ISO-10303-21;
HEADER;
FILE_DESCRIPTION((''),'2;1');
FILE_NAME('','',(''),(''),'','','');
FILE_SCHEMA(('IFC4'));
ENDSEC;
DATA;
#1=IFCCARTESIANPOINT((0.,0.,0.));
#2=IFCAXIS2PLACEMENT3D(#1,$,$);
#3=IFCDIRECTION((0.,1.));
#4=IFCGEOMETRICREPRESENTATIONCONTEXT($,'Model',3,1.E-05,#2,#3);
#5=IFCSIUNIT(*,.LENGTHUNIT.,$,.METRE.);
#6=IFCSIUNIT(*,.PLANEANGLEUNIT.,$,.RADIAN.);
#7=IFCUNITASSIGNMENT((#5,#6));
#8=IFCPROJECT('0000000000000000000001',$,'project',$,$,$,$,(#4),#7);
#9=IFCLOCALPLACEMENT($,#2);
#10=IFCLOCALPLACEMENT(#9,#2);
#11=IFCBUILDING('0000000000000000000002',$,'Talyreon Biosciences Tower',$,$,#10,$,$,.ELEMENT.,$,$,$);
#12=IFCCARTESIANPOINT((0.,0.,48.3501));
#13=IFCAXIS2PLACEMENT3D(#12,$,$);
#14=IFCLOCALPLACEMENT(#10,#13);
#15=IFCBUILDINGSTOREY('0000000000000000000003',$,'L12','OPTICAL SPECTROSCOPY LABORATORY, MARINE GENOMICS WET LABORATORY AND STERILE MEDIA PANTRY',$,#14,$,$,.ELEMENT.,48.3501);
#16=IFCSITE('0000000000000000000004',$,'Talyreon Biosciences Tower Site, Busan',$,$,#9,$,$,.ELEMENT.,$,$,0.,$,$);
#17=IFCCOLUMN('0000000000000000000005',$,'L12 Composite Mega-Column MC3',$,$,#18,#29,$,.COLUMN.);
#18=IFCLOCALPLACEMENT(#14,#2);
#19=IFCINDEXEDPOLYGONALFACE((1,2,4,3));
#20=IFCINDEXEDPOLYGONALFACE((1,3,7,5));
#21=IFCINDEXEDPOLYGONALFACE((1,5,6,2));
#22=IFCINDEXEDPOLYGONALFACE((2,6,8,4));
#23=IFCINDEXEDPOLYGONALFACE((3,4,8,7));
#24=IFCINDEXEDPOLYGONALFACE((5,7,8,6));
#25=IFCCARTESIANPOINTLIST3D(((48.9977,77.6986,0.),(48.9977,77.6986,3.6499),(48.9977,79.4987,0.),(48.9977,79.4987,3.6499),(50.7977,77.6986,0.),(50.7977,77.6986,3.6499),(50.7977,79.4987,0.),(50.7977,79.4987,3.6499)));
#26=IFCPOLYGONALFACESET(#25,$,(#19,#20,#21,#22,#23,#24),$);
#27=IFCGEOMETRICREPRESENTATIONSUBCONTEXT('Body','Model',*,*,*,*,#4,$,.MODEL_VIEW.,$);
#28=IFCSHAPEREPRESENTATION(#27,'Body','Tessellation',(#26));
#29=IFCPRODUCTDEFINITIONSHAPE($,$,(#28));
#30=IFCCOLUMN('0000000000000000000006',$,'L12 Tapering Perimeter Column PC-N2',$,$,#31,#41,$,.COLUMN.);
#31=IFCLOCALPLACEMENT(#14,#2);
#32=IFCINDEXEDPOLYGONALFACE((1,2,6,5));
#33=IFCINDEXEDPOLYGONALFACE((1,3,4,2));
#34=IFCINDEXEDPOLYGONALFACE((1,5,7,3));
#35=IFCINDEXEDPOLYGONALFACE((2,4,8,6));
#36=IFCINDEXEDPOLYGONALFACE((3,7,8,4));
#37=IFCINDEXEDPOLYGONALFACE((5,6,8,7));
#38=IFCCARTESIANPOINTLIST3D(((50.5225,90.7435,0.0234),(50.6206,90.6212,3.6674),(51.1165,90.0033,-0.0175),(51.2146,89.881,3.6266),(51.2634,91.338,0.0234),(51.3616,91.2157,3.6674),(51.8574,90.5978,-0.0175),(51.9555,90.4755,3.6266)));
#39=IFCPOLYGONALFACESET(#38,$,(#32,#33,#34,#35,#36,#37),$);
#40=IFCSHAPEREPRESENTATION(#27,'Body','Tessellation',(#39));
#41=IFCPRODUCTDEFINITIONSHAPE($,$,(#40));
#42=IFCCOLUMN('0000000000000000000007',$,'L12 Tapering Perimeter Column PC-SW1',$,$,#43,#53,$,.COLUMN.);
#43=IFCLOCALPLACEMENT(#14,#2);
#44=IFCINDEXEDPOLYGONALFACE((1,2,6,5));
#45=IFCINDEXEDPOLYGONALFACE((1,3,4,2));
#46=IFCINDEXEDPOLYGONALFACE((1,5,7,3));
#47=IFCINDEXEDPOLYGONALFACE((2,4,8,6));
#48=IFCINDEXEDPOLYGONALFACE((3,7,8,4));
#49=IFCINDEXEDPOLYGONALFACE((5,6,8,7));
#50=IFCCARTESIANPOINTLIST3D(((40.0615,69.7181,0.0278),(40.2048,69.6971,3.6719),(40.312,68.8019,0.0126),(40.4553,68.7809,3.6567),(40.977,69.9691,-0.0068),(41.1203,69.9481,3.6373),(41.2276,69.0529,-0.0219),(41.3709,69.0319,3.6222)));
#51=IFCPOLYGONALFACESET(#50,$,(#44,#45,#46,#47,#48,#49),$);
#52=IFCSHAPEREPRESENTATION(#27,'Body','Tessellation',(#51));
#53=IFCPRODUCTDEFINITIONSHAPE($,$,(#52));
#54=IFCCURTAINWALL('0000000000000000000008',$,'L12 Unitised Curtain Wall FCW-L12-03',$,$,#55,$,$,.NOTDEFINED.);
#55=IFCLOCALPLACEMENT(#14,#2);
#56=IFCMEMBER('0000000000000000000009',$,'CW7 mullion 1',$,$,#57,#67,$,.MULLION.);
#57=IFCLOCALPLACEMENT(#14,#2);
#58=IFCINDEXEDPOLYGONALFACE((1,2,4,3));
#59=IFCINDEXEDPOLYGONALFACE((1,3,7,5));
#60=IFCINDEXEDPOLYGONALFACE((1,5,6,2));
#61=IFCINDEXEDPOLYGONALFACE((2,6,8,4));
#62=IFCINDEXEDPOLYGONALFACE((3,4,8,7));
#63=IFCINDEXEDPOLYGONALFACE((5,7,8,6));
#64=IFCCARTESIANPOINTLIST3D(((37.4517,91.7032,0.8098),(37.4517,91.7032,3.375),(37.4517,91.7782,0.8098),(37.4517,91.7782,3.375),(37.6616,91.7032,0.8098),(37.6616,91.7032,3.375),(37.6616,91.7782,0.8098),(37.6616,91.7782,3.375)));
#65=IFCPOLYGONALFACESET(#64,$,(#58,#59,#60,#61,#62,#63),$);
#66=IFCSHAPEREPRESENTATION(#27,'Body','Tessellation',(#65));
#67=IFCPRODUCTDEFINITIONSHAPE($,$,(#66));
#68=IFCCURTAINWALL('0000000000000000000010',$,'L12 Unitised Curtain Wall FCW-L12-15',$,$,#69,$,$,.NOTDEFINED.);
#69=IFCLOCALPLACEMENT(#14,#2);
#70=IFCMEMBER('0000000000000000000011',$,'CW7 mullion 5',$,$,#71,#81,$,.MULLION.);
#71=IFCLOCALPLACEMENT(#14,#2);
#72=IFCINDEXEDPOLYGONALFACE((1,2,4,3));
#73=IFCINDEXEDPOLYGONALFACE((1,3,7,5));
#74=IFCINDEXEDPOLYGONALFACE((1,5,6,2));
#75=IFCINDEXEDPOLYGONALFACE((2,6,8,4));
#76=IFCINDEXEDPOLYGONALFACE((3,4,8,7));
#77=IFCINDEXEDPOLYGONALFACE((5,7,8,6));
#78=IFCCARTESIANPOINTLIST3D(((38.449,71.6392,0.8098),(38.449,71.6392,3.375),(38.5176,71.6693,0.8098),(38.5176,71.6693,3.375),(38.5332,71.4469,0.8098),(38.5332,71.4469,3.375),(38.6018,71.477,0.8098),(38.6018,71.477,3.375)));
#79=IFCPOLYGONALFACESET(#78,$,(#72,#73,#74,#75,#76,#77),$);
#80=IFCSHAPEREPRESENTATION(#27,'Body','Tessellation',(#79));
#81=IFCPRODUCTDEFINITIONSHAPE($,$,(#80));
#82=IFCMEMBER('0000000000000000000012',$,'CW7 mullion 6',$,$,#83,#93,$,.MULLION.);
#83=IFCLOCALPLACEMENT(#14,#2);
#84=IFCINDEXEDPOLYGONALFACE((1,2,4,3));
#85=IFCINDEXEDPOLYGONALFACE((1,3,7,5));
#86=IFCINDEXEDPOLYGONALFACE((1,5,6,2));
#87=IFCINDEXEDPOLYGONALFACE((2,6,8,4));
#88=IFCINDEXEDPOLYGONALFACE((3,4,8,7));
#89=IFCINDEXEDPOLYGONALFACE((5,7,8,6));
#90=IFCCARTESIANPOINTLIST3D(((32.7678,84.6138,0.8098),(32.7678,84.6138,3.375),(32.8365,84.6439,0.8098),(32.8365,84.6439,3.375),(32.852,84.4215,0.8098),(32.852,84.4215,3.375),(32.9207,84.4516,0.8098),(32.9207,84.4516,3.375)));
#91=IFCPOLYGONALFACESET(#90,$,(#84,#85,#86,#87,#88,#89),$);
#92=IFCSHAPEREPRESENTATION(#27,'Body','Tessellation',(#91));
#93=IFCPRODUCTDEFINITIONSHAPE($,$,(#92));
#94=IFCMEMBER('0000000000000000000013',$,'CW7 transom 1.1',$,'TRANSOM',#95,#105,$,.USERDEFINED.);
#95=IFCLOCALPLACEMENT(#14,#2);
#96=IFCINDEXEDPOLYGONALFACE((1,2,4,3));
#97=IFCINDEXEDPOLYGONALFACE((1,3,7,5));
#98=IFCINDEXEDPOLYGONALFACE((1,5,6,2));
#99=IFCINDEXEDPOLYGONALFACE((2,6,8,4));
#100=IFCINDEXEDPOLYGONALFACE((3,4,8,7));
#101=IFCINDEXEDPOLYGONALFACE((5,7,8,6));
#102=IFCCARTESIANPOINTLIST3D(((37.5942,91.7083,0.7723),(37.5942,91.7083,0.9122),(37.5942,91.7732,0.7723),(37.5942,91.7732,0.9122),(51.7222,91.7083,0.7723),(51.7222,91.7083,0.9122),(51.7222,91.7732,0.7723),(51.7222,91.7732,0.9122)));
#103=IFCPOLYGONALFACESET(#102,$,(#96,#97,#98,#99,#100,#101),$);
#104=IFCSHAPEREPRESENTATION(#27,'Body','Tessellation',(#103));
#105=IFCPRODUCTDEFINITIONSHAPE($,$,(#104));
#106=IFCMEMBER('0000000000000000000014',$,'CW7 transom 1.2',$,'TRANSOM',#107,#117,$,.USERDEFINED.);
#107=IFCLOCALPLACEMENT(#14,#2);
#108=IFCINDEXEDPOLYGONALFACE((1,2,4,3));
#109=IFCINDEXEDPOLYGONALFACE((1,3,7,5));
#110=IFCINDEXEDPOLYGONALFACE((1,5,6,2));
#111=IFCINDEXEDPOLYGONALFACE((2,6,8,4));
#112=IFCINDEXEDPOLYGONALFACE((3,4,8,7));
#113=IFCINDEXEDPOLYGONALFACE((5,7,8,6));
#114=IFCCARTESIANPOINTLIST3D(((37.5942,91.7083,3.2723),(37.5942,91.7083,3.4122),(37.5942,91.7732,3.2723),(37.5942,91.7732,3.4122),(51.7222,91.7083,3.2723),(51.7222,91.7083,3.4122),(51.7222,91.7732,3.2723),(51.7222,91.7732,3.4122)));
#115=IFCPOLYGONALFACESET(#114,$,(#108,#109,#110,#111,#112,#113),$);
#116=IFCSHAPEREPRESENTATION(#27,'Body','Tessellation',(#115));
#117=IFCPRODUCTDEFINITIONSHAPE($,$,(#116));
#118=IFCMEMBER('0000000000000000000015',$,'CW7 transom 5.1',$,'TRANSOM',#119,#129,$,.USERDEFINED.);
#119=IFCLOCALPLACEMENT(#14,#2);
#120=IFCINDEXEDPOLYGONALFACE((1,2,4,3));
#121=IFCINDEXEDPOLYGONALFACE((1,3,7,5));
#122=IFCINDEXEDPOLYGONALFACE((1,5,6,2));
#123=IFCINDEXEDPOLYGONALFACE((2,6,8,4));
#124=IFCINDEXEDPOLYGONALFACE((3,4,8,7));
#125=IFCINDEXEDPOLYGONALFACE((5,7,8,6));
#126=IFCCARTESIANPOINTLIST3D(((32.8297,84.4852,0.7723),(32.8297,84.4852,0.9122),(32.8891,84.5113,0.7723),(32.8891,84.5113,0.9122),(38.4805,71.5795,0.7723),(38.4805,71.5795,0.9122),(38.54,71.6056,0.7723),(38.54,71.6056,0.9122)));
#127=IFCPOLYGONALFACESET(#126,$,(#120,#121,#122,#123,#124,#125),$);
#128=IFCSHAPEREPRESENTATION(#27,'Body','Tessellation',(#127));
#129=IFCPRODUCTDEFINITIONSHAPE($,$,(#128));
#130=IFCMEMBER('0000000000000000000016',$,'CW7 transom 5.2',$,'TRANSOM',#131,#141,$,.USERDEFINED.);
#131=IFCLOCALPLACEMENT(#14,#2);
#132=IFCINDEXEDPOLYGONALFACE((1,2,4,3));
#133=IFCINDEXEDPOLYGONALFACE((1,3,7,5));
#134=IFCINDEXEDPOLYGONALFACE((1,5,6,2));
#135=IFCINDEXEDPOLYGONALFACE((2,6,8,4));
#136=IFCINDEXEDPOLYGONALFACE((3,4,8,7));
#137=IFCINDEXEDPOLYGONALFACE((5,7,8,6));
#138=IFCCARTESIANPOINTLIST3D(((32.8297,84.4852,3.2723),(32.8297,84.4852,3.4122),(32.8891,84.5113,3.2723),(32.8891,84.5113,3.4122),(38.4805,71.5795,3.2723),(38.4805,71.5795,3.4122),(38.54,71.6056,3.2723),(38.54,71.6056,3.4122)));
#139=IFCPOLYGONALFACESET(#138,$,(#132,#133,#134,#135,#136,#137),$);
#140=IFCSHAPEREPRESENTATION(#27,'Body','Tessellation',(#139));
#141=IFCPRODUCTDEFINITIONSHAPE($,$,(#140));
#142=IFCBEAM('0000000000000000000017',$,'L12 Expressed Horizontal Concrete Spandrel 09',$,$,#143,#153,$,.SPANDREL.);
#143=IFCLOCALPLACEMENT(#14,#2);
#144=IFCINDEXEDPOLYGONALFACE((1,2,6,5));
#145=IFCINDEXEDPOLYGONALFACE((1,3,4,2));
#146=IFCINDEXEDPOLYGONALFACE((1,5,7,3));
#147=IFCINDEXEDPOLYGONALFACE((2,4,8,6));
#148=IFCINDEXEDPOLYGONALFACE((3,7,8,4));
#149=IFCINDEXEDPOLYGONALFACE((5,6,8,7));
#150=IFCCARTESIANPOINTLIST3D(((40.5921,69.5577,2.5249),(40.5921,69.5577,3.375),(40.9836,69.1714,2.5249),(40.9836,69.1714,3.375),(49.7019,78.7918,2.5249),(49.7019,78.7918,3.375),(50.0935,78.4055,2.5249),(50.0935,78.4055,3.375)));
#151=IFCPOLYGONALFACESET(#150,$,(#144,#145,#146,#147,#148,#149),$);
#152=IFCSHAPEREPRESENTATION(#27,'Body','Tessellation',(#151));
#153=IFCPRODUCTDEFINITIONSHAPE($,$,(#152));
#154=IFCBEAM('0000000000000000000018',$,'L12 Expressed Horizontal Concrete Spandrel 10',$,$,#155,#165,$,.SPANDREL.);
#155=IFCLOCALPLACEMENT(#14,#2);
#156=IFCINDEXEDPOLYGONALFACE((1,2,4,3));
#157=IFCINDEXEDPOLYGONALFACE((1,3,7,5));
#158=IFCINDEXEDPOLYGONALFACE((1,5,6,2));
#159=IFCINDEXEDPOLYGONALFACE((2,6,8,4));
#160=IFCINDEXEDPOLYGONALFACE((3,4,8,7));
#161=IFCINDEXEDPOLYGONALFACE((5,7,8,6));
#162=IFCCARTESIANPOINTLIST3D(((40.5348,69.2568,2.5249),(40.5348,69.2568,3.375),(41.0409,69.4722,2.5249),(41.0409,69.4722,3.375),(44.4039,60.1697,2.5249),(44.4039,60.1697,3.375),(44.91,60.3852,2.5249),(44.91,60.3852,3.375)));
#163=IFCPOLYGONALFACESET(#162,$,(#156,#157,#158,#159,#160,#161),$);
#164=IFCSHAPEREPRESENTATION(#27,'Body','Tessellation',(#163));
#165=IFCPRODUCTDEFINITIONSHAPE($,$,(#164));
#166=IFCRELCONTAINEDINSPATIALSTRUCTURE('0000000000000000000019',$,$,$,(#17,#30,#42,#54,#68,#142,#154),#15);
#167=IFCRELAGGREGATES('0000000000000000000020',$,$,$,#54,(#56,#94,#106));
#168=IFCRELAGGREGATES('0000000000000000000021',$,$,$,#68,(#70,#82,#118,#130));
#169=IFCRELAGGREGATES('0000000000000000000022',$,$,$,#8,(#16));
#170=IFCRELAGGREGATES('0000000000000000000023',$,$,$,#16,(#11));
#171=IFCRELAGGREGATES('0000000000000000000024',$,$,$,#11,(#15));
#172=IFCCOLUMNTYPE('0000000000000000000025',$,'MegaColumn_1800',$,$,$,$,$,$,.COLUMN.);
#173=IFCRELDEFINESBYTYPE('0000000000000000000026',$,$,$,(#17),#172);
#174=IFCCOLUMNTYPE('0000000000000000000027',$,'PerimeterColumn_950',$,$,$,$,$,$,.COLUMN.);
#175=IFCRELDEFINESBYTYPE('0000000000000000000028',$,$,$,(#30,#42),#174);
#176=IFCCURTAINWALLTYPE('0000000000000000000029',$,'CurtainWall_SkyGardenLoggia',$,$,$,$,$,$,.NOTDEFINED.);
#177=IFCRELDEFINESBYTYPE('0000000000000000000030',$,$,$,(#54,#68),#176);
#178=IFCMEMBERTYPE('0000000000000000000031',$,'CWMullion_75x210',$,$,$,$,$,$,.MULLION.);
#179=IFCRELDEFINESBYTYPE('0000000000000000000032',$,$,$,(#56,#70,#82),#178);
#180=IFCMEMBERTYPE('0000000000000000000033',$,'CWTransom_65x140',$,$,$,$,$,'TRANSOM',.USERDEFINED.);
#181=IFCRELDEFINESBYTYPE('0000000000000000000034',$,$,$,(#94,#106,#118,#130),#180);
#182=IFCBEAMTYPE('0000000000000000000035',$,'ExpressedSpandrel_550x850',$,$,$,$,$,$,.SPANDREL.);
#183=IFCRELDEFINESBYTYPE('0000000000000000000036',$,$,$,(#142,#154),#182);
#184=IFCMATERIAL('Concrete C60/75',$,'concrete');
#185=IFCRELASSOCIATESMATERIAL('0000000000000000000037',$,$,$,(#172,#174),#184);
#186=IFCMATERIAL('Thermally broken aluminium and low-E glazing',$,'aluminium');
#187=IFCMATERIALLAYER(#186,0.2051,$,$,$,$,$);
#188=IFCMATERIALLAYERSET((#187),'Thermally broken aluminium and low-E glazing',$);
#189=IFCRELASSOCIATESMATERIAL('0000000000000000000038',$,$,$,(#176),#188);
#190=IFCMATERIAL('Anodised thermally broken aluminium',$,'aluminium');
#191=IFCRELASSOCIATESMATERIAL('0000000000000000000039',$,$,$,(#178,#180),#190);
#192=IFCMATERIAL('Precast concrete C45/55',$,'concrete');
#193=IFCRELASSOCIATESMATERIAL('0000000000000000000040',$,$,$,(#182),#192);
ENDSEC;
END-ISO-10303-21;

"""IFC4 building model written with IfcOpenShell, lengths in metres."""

from ifc_helpers import new_model, si_unit, direction, frame, origin, origin_2d, place, context, subcontext, project, spatial, rectangle, extrude, material, layer, layer_set, material_profile, profile_set, type_object, element, aggregate, save


model = new_model("IFC4")

# Units and contexts
model_context = context("Model", 3, precision=1e-05, world=origin(), true_north=direction((0.0, 1.0)))
body_context = subcontext(model_context, "Body", "Model", "MODEL_VIEW")
ifc_project = project(units=[si_unit("LENGTHUNIT", "METRE"), si_unit("PLANEANGLEUNIT", "RADIAN")], contexts=[model_context])

# Site, building, storey
site_placement = place(None, origin())
site = spatial("IfcSite", under=ifc_project, at=site_placement, Name="Talyreon Biosciences Tower Site, Busan", CompositionType="ELEMENT", RefElevation=0.0)
building_placement = place(site_placement, origin())
building = spatial("IfcBuilding", under=site, at=building_placement, Name="Talyreon Biosciences Tower", CompositionType="ELEMENT")
storey_placement = place(building_placement, frame((0.0, 0.0, 48.3501)))
storey = spatial("IfcBuildingStorey", under=building, at=storey_placement, Name="L12", Description="OPTICAL SPECTROSCOPY LABORATORY, MARINE GENOMICS WET LABORATORY AND STERILE MEDIA PANTRY", CompositionType="ELEMENT", Elevation=48.3501)

# Columns
ifc_material_1 = material(Name="Concrete C60/75", Category="concrete")
ifc_material_profile_1 = material_profile(ifc_material_1, rectangle(XDim=1.8, YDim=1.8, at=origin_2d()), Name="RC 1800x1800")
ifc_profile_set_1 = profile_set([ifc_material_profile_1], Name="Concrete C60/75")
column_type_1 = type_object("IfcColumnType", Name="MegaColumn_1800", PredefinedType="COLUMN", material=ifc_profile_set_1)
column_1_placement = place(storey_placement, frame((49.8977, 78.5986, 0.0), z_axis=(0.0, 0.0, 1.0), x_axis=(1.0, 0.0, 0.0)))
element("IfcColumn", 1, at=column_1_placement, inside=storey, type_object=column_type_1, Name="L12 Composite Mega-Column MC3", PredefinedType="COLUMN", context=body_context, shape_type="SweptSolid", body=[
    extrude(rectangle(XDim=1.8, YDim=1.8, at=origin_2d()), origin(), (0.0, 0.0, 1.0), 3.6499),
])
ifc_material_profile_2 = material_profile(ifc_material_1, rectangle(XDim=0.95, YDim=0.95, at=origin_2d()), Name="RC 950x950")
ifc_profile_set_2 = profile_set([ifc_material_profile_2], Name="Concrete C60/75")
column_type_2 = type_object("IfcColumnType", Name="PerimeterColumn_950", PredefinedType="COLUMN", material=ifc_profile_set_2)
column_2_placement = place(storey_placement, frame((51.1899, 90.6707, 0.0029), z_axis=(0.026908, -0.033535, 0.999075), x_axis=(-0.779957, -0.625834, 0.0)))
element("IfcColumn", 2, at=column_2_placement, inside=storey, type_object=column_type_2, Name="L12 Tapering Perimeter Column PC-N2", PredefinedType="COLUMN", context=body_context, shape_type="SweptSolid", body=[
    extrude(rectangle(XDim=0.95, YDim=0.95, at=origin_2d()), origin(), (0.0, 0.0, 1.0), 3.6475),
])
column_3_placement = place(storey_placement, frame((40.6445, 69.3855, 0.0029), z_axis=(0.039296, -0.005757, 0.999211), x_axis=(0.963787, 0.26418, -0.036381)))
element("IfcColumn", 3, at=column_3_placement, inside=storey, type_object=column_type_2, Name="L12 Tapering Perimeter Column PC-SW1", PredefinedType="COLUMN", context=body_context, shape_type="SweptSolid", body=[
    extrude(rectangle(XDim=0.95, YDim=0.95, at=origin_2d()), origin(), (0.0, 0.0, 1.0), 3.647),
])

# Curtain wall, member
ifc_material_2 = material(Name="Thermally broken aluminium and low-E glazing", Category="aluminium")
ifc_layer_1 = layer(ifc_material_2, 0.2051)
ifc_layer_set_1 = layer_set([ifc_layer_1], Name="Thermally broken aluminium and low-E glazing")
curtain_wall_type = type_object("IfcCurtainWallType", Name="CurtainWall_SkyGardenLoggia", PredefinedType="NOTDEFINED", material=ifc_layer_set_1)
curtain_wall_1_placement = place(storey_placement, origin())
curtain_wall_1 = element("IfcCurtainWall", 4, at=curtain_wall_1_placement, inside=storey, type_object=curtain_wall_type, Name="L12 Unitised Curtain Wall FCW-L12-03", PredefinedType="NOTDEFINED")
ifc_material_3 = material(Name="Anodised thermally broken aluminium", Category="aluminium")
ifc_material_profile_3 = material_profile(ifc_material_3, rectangle(XDim=0.075, YDim=0.21, at=origin_2d()), Name="ALUM MULLION 75x210")
ifc_profile_set_3 = profile_set([ifc_material_profile_3], Name="Anodised thermally broken aluminium")
member_type_1 = type_object("IfcMemberType", Name="CWMullion_75x210", PredefinedType="MULLION", material=ifc_profile_set_3)
member_1_placement = place(storey_placement, frame((37.5566, 91.7407, 0.8098), z_axis=(0.0, 0.0, 1.0), x_axis=(0.0, 1.0, 0.0)))
member_1 = element("IfcMember", 5, at=member_1_placement, type_object=member_type_1, Name="CW7 mullion 1", PredefinedType="MULLION", context=body_context, shape_type="SweptSolid", body=[
    extrude(rectangle(XDim=0.075, YDim=0.21, at=origin_2d()), origin(), (0.0, 0.0, 1.0), 2.5652),
])

# Curtain wall, members
curtain_wall_2_placement = place(storey_placement, origin())
curtain_wall_2 = element("IfcCurtainWall", 6, at=curtain_wall_2_placement, inside=storey, type_object=curtain_wall_type, Name="L12 Unitised Curtain Wall FCW-L12-15", PredefinedType="NOTDEFINED")
member_2_placement = place(storey_placement, frame((38.5254, 71.5581, 0.8098), z_axis=(0.0, 0.0, 1.0), x_axis=(-0.916035, -0.401097, 0.0)))
member_2 = element("IfcMember", 7, at=member_2_placement, type_object=member_type_1, Name="CW7 mullion 5", PredefinedType="MULLION", context=body_context, shape_type="SweptSolid", body=[
    extrude(rectangle(XDim=0.075, YDim=0.21, at=origin_2d()), origin(), (0.0, 0.0, 1.0), 2.5652),
])
member_3_placement = place(storey_placement, frame((32.8442, 84.5327, 0.8098), z_axis=(0.0, 0.0, 1.0), x_axis=(-0.916035, -0.401097, 0.0)))
member_3 = element("IfcMember", 8, at=member_3_placement, type_object=member_type_1, Name="CW7 mullion 6", PredefinedType="MULLION", context=body_context, shape_type="SweptSolid", body=[
    extrude(rectangle(XDim=0.075, YDim=0.21, at=origin_2d()), origin(), (0.0, 0.0, 1.0), 2.5652),
])

# Members
ifc_material_profile_4 = material_profile(ifc_material_3, rectangle(XDim=0.0649, YDim=0.1399, at=origin_2d()), Name="ALUM TRANSOM 65x140")
ifc_profile_set_4 = profile_set([ifc_material_profile_4], Name="Anodised thermally broken aluminium")
member_type_2 = type_object("IfcMemberType", Name="CWTransom_65x140", ElementType="TRANSOM", PredefinedType="USERDEFINED", material=ifc_profile_set_4)
member_4_placement = place(storey_placement, frame((37.5942, 91.7407, 0.8423), z_axis=(1.0, 0.0, 0.0), x_axis=(0.0, 1.0, 0.0)))
member_4 = element("IfcMember", 9, at=member_4_placement, type_object=member_type_2, Name="CW7 transom 1.1", ObjectType="TRANSOM", PredefinedType="USERDEFINED", context=body_context, shape_type="SweptSolid", body=[
    extrude(rectangle(XDim=0.0649, YDim=0.1399, at=origin_2d()), origin(), (0.0, 0.0, 1.0), 14.1279),
])
member_5_placement = place(storey_placement, frame((37.5942, 91.7407, 3.3423), z_axis=(1.0, 0.0, 0.0), x_axis=(0.0, 1.0, 0.0)))
member_5 = element("IfcMember", 10, at=member_5_placement, type_object=member_type_2, Name="CW7 transom 1.2", ObjectType="TRANSOM", PredefinedType="USERDEFINED", context=body_context, shape_type="SweptSolid", body=[
    extrude(rectangle(XDim=0.0649, YDim=0.1399, at=origin_2d()), origin(), (0.0, 0.0, 1.0), 14.1279),
])
member_6_placement = place(storey_placement, frame((38.5103, 71.5925, 0.8423), z_axis=(-0.401093, 0.916037, 0.0), x_axis=(-0.916037, -0.401093, 0.0)))
member_6 = element("IfcMember", 11, at=member_6_placement, type_object=member_type_2, Name="CW7 transom 5.1", ObjectType="TRANSOM", PredefinedType="USERDEFINED", context=body_context, shape_type="SweptSolid", body=[
    extrude(rectangle(XDim=0.0649, YDim=0.1399, at=origin_2d()), origin(), (0.0, 0.0, 1.0), 14.0886),
])
member_7_placement = place(storey_placement, frame((38.5103, 71.5925, 3.3423), z_axis=(-0.401093, 0.916037, 0.0), x_axis=(-0.916037, -0.401093, 0.0)))
member_7 = element("IfcMember", 12, at=member_7_placement, type_object=member_type_2, Name="CW7 transom 5.2", ObjectType="TRANSOM", PredefinedType="USERDEFINED", context=body_context, shape_type="SweptSolid", body=[
    extrude(rectangle(XDim=0.0649, YDim=0.1399, at=origin_2d()), origin(), (0.0, 0.0, 1.0), 14.0886),
])

# Beams
ifc_material_4 = material(Name="Precast concrete C45/55", Category="concrete")
ifc_material_profile_5 = material_profile(ifc_material_4, rectangle(XDim=0.55, YDim=0.8501, at=origin_2d()), Name="RCB 550x850")
ifc_profile_set_5 = profile_set([ifc_material_profile_5], Name="Precast concrete C45/55")
beam_type_1 = type_object("IfcBeamType", Name="ExpressedSpandrel_550x850", PredefinedType="SPANDREL", material=ifc_profile_set_5)
beam_1_placement = place(storey_placement, frame((49.8977, 78.5986, 2.95), z_axis=(-0.702301, -0.711881, 0.0), x_axis=(0.711881, -0.702301, 0.0)))
element("IfcBeam", 13, at=beam_1_placement, inside=storey, type_object=beam_type_1, Name="L12 Expressed Horizontal Concrete Spandrel 09", PredefinedType="SPANDREL", context=body_context, shape_type="SweptSolid", body=[
    extrude(rectangle(XDim=0.55, YDim=0.8501, at=origin_2d()), origin(), (0.0, 0.0, 1.0), 12.9714),
])
beam_2_placement = place(storey_placement, frame((40.7878, 69.3645, 2.95), z_axis=(0.391749, -0.920072, 0.0), x_axis=(0.920072, 0.391749, 0.0)))
element("IfcBeam", 14, at=beam_2_placement, inside=storey, type_object=beam_type_1, Name="L12 Expressed Horizontal Concrete Spandrel 10", PredefinedType="SPANDREL", context=body_context, shape_type="SweptSolid", body=[
    extrude(rectangle(XDim=0.55, YDim=0.8501, at=origin_2d()), origin(), (0.0, 0.0, 1.0), 9.8765),
])

aggregate(curtain_wall_1, [member_1, member_4, member_5])
aggregate(curtain_wall_2, [member_2, member_3, member_6, member_7])

save(model, "model.ifc")
